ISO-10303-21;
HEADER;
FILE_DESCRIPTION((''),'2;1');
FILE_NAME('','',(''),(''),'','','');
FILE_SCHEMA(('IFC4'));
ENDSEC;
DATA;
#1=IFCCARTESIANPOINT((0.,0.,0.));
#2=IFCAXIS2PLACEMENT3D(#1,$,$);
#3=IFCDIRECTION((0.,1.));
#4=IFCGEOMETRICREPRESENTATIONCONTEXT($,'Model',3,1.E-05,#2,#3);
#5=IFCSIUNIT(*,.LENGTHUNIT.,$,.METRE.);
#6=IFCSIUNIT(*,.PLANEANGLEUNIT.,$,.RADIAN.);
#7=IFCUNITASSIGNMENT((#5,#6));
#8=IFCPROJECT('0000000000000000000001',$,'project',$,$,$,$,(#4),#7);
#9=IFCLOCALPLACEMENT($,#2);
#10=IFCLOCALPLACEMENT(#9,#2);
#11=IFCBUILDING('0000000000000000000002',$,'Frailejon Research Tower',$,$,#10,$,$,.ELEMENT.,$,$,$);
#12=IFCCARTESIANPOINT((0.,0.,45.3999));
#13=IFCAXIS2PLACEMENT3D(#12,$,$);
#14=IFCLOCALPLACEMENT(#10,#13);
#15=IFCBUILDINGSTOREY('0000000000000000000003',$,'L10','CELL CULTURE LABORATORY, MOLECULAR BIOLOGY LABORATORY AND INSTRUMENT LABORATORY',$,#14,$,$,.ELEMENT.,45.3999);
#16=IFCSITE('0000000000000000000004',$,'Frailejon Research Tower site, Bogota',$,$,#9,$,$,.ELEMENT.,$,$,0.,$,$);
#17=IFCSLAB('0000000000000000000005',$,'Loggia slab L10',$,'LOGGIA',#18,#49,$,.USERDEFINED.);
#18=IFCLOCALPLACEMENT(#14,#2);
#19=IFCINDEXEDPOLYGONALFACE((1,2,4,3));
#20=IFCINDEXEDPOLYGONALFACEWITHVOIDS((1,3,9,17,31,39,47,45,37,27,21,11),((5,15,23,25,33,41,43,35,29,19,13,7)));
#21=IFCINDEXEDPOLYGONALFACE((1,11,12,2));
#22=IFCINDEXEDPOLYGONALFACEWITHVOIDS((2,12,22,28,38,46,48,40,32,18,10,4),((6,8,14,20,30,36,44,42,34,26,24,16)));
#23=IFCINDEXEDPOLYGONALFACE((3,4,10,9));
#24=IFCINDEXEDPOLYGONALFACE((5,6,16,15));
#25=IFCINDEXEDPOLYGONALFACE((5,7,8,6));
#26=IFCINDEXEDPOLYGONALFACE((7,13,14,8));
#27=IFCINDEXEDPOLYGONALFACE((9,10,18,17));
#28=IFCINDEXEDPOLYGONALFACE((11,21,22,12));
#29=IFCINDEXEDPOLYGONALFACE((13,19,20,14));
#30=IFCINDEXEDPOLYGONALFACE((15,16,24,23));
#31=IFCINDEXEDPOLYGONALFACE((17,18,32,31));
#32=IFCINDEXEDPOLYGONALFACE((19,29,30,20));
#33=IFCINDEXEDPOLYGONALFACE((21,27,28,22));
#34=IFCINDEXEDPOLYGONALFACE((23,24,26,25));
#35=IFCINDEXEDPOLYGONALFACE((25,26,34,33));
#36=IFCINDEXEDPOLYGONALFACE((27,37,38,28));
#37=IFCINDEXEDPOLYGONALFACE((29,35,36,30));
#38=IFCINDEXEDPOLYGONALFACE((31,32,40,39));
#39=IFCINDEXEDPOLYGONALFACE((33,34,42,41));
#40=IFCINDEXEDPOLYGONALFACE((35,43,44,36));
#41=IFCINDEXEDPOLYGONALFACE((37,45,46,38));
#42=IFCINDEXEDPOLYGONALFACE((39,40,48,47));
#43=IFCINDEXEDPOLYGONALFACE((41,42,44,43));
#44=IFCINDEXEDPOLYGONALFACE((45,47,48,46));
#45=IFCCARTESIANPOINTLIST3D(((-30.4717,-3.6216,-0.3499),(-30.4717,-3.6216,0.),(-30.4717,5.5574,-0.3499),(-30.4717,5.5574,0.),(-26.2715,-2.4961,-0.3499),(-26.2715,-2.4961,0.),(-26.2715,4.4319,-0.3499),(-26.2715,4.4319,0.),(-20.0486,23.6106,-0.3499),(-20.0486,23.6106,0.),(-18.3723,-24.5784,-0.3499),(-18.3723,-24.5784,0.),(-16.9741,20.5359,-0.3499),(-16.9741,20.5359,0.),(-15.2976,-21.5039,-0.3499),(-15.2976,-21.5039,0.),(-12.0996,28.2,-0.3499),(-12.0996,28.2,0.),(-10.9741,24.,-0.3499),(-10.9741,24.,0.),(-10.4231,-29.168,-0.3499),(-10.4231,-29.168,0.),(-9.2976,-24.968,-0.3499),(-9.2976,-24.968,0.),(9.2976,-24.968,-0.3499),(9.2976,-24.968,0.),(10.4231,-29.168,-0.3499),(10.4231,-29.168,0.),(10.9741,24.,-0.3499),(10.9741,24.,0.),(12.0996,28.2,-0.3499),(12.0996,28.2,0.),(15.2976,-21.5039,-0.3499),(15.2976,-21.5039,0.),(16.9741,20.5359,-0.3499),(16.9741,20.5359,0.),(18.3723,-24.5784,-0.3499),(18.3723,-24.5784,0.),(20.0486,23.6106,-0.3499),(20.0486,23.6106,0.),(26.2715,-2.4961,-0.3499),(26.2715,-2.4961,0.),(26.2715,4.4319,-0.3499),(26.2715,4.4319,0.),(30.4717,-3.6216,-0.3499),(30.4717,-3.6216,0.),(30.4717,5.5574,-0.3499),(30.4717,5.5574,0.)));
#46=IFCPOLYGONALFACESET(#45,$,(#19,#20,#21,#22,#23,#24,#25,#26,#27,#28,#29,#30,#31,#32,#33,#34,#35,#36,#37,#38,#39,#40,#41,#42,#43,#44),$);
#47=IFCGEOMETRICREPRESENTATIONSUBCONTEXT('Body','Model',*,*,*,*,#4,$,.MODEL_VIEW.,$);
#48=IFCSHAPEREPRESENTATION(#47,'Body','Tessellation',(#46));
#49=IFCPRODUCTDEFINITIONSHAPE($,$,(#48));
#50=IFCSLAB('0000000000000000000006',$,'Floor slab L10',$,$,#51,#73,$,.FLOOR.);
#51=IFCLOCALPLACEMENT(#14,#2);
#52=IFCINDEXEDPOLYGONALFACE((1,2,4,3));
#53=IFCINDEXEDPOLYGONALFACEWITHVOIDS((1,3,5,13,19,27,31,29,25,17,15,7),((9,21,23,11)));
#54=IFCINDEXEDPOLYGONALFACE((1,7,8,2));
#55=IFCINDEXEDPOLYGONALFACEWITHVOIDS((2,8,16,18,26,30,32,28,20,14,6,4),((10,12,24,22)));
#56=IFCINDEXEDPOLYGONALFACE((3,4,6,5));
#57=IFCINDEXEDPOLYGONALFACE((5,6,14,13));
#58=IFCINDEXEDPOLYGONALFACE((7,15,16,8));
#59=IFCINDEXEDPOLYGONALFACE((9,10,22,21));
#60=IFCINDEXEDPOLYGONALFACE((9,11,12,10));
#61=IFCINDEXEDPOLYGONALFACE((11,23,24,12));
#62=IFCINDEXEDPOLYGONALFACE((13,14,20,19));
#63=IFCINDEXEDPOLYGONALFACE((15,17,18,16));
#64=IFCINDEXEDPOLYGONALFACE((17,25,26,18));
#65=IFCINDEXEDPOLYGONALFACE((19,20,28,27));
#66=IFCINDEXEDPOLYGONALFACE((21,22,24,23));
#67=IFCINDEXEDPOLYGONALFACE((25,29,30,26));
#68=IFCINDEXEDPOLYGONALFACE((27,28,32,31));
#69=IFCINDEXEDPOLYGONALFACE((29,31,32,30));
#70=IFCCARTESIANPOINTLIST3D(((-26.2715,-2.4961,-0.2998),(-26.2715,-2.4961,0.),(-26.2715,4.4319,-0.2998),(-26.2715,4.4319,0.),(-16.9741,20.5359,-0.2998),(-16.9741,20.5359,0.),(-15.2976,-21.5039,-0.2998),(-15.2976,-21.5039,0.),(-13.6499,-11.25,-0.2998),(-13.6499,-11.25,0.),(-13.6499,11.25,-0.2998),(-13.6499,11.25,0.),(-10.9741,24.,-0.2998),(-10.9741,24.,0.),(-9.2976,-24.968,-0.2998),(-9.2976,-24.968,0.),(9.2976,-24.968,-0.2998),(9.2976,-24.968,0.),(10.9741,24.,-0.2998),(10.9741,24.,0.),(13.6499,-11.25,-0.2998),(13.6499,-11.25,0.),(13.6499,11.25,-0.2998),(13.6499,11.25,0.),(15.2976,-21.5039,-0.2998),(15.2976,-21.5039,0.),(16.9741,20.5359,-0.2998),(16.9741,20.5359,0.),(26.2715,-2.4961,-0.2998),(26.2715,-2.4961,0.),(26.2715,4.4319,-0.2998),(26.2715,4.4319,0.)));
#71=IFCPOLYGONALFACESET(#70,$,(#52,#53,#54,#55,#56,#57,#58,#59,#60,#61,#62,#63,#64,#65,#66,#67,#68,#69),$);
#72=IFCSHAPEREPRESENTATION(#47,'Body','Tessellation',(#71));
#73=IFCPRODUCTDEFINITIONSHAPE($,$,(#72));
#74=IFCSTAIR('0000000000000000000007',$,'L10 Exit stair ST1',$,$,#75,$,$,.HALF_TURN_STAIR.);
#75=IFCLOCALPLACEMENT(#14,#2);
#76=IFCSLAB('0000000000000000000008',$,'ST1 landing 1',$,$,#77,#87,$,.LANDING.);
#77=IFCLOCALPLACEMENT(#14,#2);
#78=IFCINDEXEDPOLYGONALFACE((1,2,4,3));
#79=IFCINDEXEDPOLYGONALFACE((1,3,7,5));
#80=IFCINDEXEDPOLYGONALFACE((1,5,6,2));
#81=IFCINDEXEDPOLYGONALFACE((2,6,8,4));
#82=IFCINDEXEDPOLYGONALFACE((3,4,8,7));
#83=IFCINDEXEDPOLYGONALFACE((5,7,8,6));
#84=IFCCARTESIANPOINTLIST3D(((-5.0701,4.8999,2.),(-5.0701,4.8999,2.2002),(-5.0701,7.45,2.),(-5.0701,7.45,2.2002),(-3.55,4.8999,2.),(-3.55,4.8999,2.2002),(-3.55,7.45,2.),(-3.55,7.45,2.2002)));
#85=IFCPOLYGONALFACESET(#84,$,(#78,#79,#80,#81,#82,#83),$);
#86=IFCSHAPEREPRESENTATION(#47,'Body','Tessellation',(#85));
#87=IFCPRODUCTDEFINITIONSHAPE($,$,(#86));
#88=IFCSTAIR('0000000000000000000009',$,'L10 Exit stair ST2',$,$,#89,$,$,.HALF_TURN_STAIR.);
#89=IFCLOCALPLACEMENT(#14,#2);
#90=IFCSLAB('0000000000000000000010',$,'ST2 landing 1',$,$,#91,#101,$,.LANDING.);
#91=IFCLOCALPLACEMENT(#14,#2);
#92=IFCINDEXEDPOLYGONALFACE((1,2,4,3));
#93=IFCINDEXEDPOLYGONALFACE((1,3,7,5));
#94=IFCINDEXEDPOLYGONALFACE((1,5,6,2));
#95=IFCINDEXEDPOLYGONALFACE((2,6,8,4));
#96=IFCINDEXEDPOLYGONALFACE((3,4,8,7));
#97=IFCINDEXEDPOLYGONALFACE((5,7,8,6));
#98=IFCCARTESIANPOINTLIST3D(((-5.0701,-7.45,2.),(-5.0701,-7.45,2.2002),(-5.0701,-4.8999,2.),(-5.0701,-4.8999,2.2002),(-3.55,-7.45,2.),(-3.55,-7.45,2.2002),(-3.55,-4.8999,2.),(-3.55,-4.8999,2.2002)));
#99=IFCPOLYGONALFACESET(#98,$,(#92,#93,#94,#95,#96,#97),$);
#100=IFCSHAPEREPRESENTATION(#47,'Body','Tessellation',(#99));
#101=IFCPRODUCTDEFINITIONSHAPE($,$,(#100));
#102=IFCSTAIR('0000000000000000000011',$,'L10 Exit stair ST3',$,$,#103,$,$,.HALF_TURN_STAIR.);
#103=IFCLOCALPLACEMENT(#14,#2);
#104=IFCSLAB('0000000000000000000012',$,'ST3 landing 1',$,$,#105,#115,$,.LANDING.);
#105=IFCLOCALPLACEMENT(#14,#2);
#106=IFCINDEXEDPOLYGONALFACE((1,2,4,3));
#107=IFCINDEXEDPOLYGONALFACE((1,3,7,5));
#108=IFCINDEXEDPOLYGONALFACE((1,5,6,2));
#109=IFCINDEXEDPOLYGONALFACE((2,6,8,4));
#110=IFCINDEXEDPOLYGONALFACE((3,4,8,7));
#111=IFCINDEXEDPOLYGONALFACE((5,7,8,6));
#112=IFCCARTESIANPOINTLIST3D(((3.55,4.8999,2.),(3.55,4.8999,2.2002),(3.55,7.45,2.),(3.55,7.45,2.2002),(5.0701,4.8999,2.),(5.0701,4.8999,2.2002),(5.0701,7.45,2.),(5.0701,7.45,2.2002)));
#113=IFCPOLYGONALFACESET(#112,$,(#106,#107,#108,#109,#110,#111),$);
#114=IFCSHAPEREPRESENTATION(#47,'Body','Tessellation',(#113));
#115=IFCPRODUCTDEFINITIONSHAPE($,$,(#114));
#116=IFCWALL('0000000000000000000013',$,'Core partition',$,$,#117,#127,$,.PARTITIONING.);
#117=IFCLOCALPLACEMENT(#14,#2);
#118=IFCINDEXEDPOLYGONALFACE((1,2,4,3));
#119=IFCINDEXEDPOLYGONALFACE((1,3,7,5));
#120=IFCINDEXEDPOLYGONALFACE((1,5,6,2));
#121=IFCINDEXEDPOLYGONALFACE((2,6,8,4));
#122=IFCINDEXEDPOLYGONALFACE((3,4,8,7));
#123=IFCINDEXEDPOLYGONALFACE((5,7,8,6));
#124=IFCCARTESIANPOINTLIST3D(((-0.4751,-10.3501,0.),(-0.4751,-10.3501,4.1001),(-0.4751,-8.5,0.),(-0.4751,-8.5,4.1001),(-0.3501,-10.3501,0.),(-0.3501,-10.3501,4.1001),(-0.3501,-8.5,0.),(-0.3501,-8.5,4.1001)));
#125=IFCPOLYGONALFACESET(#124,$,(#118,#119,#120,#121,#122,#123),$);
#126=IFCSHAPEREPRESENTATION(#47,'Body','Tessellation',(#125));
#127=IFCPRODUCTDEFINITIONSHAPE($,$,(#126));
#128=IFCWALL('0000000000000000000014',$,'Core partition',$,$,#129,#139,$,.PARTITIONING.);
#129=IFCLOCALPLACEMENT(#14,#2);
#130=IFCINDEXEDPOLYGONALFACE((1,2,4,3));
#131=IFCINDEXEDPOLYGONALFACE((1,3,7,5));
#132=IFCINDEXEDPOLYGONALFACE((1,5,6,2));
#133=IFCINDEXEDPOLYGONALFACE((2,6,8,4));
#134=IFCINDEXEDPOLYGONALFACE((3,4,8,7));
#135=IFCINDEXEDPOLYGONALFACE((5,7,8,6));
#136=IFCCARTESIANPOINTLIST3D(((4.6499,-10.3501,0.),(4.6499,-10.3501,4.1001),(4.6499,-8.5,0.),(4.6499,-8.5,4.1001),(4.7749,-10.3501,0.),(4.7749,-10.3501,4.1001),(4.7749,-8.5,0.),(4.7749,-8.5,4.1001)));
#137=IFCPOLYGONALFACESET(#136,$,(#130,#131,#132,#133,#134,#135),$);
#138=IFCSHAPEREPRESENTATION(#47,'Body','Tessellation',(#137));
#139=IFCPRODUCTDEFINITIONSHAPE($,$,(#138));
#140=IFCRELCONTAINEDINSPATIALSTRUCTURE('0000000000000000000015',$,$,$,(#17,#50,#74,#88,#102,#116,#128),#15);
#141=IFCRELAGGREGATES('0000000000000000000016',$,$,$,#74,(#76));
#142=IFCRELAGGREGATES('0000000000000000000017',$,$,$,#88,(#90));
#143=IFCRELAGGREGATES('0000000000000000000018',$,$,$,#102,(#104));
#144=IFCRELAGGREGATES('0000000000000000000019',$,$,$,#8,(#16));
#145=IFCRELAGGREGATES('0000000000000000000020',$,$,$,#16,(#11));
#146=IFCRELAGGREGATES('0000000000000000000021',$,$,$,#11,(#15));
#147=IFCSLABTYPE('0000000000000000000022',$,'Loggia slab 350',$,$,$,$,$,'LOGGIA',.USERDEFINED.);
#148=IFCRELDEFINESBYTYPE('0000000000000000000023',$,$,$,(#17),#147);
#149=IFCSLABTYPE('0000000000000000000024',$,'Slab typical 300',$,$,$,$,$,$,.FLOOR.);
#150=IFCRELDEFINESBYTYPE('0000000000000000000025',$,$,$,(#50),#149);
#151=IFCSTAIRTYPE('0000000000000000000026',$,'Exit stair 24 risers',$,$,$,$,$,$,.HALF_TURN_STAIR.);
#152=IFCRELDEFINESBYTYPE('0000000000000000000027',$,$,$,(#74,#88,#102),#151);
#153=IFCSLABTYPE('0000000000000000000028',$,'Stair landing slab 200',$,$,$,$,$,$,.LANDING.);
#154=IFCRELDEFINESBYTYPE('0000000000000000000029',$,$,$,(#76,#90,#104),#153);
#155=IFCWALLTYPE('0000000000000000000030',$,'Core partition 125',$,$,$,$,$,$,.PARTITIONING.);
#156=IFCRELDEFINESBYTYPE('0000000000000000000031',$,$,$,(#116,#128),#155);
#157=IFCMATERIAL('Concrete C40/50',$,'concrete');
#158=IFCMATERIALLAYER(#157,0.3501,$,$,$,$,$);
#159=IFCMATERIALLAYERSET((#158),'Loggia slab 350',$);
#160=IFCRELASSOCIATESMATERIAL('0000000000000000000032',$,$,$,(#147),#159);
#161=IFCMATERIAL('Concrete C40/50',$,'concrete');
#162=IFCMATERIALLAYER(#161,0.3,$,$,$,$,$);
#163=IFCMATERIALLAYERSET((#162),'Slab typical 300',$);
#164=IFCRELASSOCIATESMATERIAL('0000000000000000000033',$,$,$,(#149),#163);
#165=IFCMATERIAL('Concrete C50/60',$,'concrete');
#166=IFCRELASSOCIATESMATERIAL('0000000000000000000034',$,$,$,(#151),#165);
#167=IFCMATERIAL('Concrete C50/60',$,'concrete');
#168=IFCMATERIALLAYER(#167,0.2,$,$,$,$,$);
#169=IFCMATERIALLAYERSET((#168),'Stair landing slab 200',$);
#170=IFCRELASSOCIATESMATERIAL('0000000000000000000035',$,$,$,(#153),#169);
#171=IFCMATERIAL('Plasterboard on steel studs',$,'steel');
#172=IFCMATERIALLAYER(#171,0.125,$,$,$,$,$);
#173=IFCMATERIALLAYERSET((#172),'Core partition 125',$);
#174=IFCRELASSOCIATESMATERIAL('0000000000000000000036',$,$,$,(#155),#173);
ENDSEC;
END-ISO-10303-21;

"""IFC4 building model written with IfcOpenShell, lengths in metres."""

from ifc_helpers import new_model, si_unit, direction, frame, frame_2d, origin, place, context, subcontext, project, spatial, polyline, rectangle, outline, extrude, material, layer, layer_set, type_object, element, aggregate, save


model = new_model("IFC4")

# Units and contexts
model_context = context("Model", 3, precision=1e-05, world=origin(), true_north=direction((0.0, 1.0)))
body_context = subcontext(model_context, "Body", "Model", "MODEL_VIEW")
ifc_project = project(units=[si_unit("LENGTHUNIT", "METRE"), si_unit("PLANEANGLEUNIT", "RADIAN")], contexts=[model_context])

# Site, building, storey
site_placement = place(None, origin())
site = spatial("IfcSite", under=ifc_project, at=site_placement, Name="Frailejon Research Tower site, Bogota", CompositionType="ELEMENT", RefElevation=0.0)
building_placement = place(site_placement, origin())
building = spatial("IfcBuilding", under=site, at=building_placement, Name="Frailejon Research Tower", CompositionType="ELEMENT")
storey_placement = place(building_placement, frame((0.0, 0.0, 45.3999)))
storey = spatial("IfcBuildingStorey", under=building, at=storey_placement, Name="L10", Description="CELL CULTURE LABORATORY, MOLECULAR BIOLOGY LABORATORY AND INSTRUMENT LABORATORY", CompositionType="ELEMENT", Elevation=45.3999)

# Slabs
ifc_material_1 = material(Name="Concrete C40/50", Category="concrete")
ifc_layer_1 = layer(ifc_material_1, 0.3501)
ifc_layer_set_1 = layer_set([ifc_layer_1], Name="Loggia slab 350")
slab_type_1 = type_object("IfcSlabType", Name="Loggia slab 350", ElementType="LOGGIA", PredefinedType="USERDEFINED", material=ifc_layer_set_1)
slab_1_placement = place(storey_placement, frame((0.0, 0.0, -0.3499)))
element("IfcSlab", 1, at=slab_1_placement, inside=storey, type_object=slab_type_1, Name="Loggia slab L10", ObjectType="LOGGIA", PredefinedType="USERDEFINED", context=body_context, shape_type="SweptSolid", body=[
    extrude(outline(polyline([(18.3723, -24.5784), (10.4231, -29.168), (-10.4231, -29.168), (-18.3723, -24.5784), (-30.4717, -3.6216), (-30.4717, 5.5574), (-20.0486, 23.6106), (-12.0996, 28.2), (12.0996, 28.2), (20.0486, 23.6106), (30.4717, 5.5574), (30.4717, -3.6216), (18.3723, -24.5784)]), holes=[polyline([(26.2715, 4.4319), (16.9741, 20.5359), (10.9741, 24.0), (-10.9741, 24.0), (-16.9741, 20.5359), (-26.2715, 4.4319), (-26.2715, -2.4961), (-15.2976, -21.5039), (-9.2976, -24.968), (9.2976, -24.968), (15.2976, -21.5039), (26.2715, -2.4961), (26.2715, 4.4319)])]), origin(), (0.0, 0.0, 1.0), 0.3499),
])
ifc_material_2 = material(Name="Concrete C40/50", Category="concrete")
ifc_layer_2 = layer(ifc_material_2, 0.3)
ifc_layer_set_2 = layer_set([ifc_layer_2], Name="Slab typical 300")
slab_type_2 = type_object("IfcSlabType", Name="Slab typical 300", PredefinedType="FLOOR", material=ifc_layer_set_2)
slab_2_placement = place(storey_placement, frame((0.0, 0.0, -0.2998)))
element("IfcSlab", 2, at=slab_2_placement, inside=storey, type_object=slab_type_2, Name="Floor slab L10", PredefinedType="FLOOR", context=body_context, shape_type="SweptSolid", body=[
    extrude(outline(polyline([(26.2715, -2.4961), (26.2715, 4.4319), (16.9741, 20.5359), (10.9741, 24.0), (-10.9741, 24.0), (-16.9741, 20.5359), (-26.2715, 4.4319), (-26.2715, -2.4961), (-15.2976, -21.5039), (-9.2976, -24.968), (9.2976, -24.968), (15.2976, -21.5039), (26.2715, -2.4961)]), holes=[polyline([(13.6499, -11.25), (-13.6499, -11.25), (-13.6499, 11.25), (13.6499, 11.25), (13.6499, -11.25)])]), origin(), (0.0, 0.0, 1.0), 0.2998),
])

# Stairs, slabs
ifc_material_3 = material(Name="Concrete C50/60", Category="concrete")
stair_type = type_object("IfcStairType", Name="Exit stair 24 risers", PredefinedType="HALF_TURN_STAIR", material=ifc_material_3)
stair_1_placement = place(storey_placement, origin())
stair_1 = element("IfcStair", 3, at=stair_1_placement, inside=storey, type_object=stair_type, Name="L10 Exit stair ST1", PredefinedType="HALF_TURN_STAIR")
ifc_material_4 = material(Name="Concrete C50/60", Category="concrete")
ifc_layer_3 = layer(ifc_material_4, 0.2)
ifc_layer_set_3 = layer_set([ifc_layer_3], Name="Stair landing slab 200")
slab_type_3 = type_object("IfcSlabType", Name="Stair landing slab 200", PredefinedType="LANDING", material=ifc_layer_set_3)
slab_3_placement = place(storey_placement, frame((0.0, 0.0, 2.0)))
slab_3 = element("IfcSlab", 4, at=slab_3_placement, type_object=slab_type_3, Name="ST1 landing 1", PredefinedType="LANDING", context=body_context, shape_type="SweptSolid", body=[
    extrude(outline(polyline([(-5.0701, 4.8999), (-3.55, 4.8999), (-3.55, 7.45), (-5.0701, 7.45), (-5.0701, 4.8999)])), origin(), (0.0, 0.0, 1.0), 0.2002),
])
aggregate(stair_1, [slab_3])
stair_2_placement = place(storey_placement, origin())
stair_2 = element("IfcStair", 5, at=stair_2_placement, inside=storey, type_object=stair_type, Name="L10 Exit stair ST2", PredefinedType="HALF_TURN_STAIR")
slab_4_placement = place(storey_placement, frame((0.0, 0.0, 2.0)))
slab_4 = element("IfcSlab", 6, at=slab_4_placement, type_object=slab_type_3, Name="ST2 landing 1", PredefinedType="LANDING", context=body_context, shape_type="SweptSolid", body=[
    extrude(outline(polyline([(-5.0701, -7.45), (-3.55, -7.45), (-3.55, -4.8999), (-5.0701, -4.8999), (-5.0701, -7.45)])), origin(), (0.0, 0.0, 1.0), 0.2002),
])
aggregate(stair_2, [slab_4])
stair_3_placement = place(storey_placement, origin())
stair_3 = element("IfcStair", 7, at=stair_3_placement, inside=storey, type_object=stair_type, Name="L10 Exit stair ST3", PredefinedType="HALF_TURN_STAIR")
slab_5_placement = place(storey_placement, frame((0.0, 0.0, 2.0)))
slab_5 = element("IfcSlab", 8, at=slab_5_placement, type_object=slab_type_3, Name="ST3 landing 1", PredefinedType="LANDING", context=body_context, shape_type="SweptSolid", body=[
    extrude(outline(polyline([(5.0701, 7.45), (3.55, 7.45), (3.55, 4.8999), (5.0701, 4.8999), (5.0701, 7.45)])), origin(), (0.0, 0.0, 1.0), 0.2002),
])
aggregate(stair_3, [slab_5])

# Walls
ifc_material_5 = material(Name="Plasterboard on steel studs", Category="steel")
ifc_layer_4 = layer(ifc_material_5, 0.125)
ifc_layer_set_4 = layer_set([ifc_layer_4], Name="Core partition 125")
wall_type_1 = type_object("IfcWallType", Name="Core partition 125", PredefinedType="PARTITIONING", material=ifc_layer_set_4)
for number, where, z_axis, x_axis, name in (
    (9, (-0.4126, -10.3501, 0.0), (0.0, 0.0, 1.0), (0.0, 1.0, 0.0), "Core partition"),
    (10, (4.7124, -10.3501, 0.0), (0.0, 0.0, 1.0), (0.0, 1.0, 0.0), "Core partition"),
):
    element("IfcWall", number, at=place(storey_placement, frame(where, z_axis=z_axis, x_axis=x_axis)), inside=storey, type_object=wall_type_1, Name=name, PredefinedType="PARTITIONING", context=body_context, shape_type="SweptSolid", body=[
        extrude(rectangle(XDim=1.8501, YDim=0.125, at=frame_2d((0.925, 0.0))), origin(), (0.0, 0.0, 1.0), 4.1001),
    ])

save(model, "model.ifc")
